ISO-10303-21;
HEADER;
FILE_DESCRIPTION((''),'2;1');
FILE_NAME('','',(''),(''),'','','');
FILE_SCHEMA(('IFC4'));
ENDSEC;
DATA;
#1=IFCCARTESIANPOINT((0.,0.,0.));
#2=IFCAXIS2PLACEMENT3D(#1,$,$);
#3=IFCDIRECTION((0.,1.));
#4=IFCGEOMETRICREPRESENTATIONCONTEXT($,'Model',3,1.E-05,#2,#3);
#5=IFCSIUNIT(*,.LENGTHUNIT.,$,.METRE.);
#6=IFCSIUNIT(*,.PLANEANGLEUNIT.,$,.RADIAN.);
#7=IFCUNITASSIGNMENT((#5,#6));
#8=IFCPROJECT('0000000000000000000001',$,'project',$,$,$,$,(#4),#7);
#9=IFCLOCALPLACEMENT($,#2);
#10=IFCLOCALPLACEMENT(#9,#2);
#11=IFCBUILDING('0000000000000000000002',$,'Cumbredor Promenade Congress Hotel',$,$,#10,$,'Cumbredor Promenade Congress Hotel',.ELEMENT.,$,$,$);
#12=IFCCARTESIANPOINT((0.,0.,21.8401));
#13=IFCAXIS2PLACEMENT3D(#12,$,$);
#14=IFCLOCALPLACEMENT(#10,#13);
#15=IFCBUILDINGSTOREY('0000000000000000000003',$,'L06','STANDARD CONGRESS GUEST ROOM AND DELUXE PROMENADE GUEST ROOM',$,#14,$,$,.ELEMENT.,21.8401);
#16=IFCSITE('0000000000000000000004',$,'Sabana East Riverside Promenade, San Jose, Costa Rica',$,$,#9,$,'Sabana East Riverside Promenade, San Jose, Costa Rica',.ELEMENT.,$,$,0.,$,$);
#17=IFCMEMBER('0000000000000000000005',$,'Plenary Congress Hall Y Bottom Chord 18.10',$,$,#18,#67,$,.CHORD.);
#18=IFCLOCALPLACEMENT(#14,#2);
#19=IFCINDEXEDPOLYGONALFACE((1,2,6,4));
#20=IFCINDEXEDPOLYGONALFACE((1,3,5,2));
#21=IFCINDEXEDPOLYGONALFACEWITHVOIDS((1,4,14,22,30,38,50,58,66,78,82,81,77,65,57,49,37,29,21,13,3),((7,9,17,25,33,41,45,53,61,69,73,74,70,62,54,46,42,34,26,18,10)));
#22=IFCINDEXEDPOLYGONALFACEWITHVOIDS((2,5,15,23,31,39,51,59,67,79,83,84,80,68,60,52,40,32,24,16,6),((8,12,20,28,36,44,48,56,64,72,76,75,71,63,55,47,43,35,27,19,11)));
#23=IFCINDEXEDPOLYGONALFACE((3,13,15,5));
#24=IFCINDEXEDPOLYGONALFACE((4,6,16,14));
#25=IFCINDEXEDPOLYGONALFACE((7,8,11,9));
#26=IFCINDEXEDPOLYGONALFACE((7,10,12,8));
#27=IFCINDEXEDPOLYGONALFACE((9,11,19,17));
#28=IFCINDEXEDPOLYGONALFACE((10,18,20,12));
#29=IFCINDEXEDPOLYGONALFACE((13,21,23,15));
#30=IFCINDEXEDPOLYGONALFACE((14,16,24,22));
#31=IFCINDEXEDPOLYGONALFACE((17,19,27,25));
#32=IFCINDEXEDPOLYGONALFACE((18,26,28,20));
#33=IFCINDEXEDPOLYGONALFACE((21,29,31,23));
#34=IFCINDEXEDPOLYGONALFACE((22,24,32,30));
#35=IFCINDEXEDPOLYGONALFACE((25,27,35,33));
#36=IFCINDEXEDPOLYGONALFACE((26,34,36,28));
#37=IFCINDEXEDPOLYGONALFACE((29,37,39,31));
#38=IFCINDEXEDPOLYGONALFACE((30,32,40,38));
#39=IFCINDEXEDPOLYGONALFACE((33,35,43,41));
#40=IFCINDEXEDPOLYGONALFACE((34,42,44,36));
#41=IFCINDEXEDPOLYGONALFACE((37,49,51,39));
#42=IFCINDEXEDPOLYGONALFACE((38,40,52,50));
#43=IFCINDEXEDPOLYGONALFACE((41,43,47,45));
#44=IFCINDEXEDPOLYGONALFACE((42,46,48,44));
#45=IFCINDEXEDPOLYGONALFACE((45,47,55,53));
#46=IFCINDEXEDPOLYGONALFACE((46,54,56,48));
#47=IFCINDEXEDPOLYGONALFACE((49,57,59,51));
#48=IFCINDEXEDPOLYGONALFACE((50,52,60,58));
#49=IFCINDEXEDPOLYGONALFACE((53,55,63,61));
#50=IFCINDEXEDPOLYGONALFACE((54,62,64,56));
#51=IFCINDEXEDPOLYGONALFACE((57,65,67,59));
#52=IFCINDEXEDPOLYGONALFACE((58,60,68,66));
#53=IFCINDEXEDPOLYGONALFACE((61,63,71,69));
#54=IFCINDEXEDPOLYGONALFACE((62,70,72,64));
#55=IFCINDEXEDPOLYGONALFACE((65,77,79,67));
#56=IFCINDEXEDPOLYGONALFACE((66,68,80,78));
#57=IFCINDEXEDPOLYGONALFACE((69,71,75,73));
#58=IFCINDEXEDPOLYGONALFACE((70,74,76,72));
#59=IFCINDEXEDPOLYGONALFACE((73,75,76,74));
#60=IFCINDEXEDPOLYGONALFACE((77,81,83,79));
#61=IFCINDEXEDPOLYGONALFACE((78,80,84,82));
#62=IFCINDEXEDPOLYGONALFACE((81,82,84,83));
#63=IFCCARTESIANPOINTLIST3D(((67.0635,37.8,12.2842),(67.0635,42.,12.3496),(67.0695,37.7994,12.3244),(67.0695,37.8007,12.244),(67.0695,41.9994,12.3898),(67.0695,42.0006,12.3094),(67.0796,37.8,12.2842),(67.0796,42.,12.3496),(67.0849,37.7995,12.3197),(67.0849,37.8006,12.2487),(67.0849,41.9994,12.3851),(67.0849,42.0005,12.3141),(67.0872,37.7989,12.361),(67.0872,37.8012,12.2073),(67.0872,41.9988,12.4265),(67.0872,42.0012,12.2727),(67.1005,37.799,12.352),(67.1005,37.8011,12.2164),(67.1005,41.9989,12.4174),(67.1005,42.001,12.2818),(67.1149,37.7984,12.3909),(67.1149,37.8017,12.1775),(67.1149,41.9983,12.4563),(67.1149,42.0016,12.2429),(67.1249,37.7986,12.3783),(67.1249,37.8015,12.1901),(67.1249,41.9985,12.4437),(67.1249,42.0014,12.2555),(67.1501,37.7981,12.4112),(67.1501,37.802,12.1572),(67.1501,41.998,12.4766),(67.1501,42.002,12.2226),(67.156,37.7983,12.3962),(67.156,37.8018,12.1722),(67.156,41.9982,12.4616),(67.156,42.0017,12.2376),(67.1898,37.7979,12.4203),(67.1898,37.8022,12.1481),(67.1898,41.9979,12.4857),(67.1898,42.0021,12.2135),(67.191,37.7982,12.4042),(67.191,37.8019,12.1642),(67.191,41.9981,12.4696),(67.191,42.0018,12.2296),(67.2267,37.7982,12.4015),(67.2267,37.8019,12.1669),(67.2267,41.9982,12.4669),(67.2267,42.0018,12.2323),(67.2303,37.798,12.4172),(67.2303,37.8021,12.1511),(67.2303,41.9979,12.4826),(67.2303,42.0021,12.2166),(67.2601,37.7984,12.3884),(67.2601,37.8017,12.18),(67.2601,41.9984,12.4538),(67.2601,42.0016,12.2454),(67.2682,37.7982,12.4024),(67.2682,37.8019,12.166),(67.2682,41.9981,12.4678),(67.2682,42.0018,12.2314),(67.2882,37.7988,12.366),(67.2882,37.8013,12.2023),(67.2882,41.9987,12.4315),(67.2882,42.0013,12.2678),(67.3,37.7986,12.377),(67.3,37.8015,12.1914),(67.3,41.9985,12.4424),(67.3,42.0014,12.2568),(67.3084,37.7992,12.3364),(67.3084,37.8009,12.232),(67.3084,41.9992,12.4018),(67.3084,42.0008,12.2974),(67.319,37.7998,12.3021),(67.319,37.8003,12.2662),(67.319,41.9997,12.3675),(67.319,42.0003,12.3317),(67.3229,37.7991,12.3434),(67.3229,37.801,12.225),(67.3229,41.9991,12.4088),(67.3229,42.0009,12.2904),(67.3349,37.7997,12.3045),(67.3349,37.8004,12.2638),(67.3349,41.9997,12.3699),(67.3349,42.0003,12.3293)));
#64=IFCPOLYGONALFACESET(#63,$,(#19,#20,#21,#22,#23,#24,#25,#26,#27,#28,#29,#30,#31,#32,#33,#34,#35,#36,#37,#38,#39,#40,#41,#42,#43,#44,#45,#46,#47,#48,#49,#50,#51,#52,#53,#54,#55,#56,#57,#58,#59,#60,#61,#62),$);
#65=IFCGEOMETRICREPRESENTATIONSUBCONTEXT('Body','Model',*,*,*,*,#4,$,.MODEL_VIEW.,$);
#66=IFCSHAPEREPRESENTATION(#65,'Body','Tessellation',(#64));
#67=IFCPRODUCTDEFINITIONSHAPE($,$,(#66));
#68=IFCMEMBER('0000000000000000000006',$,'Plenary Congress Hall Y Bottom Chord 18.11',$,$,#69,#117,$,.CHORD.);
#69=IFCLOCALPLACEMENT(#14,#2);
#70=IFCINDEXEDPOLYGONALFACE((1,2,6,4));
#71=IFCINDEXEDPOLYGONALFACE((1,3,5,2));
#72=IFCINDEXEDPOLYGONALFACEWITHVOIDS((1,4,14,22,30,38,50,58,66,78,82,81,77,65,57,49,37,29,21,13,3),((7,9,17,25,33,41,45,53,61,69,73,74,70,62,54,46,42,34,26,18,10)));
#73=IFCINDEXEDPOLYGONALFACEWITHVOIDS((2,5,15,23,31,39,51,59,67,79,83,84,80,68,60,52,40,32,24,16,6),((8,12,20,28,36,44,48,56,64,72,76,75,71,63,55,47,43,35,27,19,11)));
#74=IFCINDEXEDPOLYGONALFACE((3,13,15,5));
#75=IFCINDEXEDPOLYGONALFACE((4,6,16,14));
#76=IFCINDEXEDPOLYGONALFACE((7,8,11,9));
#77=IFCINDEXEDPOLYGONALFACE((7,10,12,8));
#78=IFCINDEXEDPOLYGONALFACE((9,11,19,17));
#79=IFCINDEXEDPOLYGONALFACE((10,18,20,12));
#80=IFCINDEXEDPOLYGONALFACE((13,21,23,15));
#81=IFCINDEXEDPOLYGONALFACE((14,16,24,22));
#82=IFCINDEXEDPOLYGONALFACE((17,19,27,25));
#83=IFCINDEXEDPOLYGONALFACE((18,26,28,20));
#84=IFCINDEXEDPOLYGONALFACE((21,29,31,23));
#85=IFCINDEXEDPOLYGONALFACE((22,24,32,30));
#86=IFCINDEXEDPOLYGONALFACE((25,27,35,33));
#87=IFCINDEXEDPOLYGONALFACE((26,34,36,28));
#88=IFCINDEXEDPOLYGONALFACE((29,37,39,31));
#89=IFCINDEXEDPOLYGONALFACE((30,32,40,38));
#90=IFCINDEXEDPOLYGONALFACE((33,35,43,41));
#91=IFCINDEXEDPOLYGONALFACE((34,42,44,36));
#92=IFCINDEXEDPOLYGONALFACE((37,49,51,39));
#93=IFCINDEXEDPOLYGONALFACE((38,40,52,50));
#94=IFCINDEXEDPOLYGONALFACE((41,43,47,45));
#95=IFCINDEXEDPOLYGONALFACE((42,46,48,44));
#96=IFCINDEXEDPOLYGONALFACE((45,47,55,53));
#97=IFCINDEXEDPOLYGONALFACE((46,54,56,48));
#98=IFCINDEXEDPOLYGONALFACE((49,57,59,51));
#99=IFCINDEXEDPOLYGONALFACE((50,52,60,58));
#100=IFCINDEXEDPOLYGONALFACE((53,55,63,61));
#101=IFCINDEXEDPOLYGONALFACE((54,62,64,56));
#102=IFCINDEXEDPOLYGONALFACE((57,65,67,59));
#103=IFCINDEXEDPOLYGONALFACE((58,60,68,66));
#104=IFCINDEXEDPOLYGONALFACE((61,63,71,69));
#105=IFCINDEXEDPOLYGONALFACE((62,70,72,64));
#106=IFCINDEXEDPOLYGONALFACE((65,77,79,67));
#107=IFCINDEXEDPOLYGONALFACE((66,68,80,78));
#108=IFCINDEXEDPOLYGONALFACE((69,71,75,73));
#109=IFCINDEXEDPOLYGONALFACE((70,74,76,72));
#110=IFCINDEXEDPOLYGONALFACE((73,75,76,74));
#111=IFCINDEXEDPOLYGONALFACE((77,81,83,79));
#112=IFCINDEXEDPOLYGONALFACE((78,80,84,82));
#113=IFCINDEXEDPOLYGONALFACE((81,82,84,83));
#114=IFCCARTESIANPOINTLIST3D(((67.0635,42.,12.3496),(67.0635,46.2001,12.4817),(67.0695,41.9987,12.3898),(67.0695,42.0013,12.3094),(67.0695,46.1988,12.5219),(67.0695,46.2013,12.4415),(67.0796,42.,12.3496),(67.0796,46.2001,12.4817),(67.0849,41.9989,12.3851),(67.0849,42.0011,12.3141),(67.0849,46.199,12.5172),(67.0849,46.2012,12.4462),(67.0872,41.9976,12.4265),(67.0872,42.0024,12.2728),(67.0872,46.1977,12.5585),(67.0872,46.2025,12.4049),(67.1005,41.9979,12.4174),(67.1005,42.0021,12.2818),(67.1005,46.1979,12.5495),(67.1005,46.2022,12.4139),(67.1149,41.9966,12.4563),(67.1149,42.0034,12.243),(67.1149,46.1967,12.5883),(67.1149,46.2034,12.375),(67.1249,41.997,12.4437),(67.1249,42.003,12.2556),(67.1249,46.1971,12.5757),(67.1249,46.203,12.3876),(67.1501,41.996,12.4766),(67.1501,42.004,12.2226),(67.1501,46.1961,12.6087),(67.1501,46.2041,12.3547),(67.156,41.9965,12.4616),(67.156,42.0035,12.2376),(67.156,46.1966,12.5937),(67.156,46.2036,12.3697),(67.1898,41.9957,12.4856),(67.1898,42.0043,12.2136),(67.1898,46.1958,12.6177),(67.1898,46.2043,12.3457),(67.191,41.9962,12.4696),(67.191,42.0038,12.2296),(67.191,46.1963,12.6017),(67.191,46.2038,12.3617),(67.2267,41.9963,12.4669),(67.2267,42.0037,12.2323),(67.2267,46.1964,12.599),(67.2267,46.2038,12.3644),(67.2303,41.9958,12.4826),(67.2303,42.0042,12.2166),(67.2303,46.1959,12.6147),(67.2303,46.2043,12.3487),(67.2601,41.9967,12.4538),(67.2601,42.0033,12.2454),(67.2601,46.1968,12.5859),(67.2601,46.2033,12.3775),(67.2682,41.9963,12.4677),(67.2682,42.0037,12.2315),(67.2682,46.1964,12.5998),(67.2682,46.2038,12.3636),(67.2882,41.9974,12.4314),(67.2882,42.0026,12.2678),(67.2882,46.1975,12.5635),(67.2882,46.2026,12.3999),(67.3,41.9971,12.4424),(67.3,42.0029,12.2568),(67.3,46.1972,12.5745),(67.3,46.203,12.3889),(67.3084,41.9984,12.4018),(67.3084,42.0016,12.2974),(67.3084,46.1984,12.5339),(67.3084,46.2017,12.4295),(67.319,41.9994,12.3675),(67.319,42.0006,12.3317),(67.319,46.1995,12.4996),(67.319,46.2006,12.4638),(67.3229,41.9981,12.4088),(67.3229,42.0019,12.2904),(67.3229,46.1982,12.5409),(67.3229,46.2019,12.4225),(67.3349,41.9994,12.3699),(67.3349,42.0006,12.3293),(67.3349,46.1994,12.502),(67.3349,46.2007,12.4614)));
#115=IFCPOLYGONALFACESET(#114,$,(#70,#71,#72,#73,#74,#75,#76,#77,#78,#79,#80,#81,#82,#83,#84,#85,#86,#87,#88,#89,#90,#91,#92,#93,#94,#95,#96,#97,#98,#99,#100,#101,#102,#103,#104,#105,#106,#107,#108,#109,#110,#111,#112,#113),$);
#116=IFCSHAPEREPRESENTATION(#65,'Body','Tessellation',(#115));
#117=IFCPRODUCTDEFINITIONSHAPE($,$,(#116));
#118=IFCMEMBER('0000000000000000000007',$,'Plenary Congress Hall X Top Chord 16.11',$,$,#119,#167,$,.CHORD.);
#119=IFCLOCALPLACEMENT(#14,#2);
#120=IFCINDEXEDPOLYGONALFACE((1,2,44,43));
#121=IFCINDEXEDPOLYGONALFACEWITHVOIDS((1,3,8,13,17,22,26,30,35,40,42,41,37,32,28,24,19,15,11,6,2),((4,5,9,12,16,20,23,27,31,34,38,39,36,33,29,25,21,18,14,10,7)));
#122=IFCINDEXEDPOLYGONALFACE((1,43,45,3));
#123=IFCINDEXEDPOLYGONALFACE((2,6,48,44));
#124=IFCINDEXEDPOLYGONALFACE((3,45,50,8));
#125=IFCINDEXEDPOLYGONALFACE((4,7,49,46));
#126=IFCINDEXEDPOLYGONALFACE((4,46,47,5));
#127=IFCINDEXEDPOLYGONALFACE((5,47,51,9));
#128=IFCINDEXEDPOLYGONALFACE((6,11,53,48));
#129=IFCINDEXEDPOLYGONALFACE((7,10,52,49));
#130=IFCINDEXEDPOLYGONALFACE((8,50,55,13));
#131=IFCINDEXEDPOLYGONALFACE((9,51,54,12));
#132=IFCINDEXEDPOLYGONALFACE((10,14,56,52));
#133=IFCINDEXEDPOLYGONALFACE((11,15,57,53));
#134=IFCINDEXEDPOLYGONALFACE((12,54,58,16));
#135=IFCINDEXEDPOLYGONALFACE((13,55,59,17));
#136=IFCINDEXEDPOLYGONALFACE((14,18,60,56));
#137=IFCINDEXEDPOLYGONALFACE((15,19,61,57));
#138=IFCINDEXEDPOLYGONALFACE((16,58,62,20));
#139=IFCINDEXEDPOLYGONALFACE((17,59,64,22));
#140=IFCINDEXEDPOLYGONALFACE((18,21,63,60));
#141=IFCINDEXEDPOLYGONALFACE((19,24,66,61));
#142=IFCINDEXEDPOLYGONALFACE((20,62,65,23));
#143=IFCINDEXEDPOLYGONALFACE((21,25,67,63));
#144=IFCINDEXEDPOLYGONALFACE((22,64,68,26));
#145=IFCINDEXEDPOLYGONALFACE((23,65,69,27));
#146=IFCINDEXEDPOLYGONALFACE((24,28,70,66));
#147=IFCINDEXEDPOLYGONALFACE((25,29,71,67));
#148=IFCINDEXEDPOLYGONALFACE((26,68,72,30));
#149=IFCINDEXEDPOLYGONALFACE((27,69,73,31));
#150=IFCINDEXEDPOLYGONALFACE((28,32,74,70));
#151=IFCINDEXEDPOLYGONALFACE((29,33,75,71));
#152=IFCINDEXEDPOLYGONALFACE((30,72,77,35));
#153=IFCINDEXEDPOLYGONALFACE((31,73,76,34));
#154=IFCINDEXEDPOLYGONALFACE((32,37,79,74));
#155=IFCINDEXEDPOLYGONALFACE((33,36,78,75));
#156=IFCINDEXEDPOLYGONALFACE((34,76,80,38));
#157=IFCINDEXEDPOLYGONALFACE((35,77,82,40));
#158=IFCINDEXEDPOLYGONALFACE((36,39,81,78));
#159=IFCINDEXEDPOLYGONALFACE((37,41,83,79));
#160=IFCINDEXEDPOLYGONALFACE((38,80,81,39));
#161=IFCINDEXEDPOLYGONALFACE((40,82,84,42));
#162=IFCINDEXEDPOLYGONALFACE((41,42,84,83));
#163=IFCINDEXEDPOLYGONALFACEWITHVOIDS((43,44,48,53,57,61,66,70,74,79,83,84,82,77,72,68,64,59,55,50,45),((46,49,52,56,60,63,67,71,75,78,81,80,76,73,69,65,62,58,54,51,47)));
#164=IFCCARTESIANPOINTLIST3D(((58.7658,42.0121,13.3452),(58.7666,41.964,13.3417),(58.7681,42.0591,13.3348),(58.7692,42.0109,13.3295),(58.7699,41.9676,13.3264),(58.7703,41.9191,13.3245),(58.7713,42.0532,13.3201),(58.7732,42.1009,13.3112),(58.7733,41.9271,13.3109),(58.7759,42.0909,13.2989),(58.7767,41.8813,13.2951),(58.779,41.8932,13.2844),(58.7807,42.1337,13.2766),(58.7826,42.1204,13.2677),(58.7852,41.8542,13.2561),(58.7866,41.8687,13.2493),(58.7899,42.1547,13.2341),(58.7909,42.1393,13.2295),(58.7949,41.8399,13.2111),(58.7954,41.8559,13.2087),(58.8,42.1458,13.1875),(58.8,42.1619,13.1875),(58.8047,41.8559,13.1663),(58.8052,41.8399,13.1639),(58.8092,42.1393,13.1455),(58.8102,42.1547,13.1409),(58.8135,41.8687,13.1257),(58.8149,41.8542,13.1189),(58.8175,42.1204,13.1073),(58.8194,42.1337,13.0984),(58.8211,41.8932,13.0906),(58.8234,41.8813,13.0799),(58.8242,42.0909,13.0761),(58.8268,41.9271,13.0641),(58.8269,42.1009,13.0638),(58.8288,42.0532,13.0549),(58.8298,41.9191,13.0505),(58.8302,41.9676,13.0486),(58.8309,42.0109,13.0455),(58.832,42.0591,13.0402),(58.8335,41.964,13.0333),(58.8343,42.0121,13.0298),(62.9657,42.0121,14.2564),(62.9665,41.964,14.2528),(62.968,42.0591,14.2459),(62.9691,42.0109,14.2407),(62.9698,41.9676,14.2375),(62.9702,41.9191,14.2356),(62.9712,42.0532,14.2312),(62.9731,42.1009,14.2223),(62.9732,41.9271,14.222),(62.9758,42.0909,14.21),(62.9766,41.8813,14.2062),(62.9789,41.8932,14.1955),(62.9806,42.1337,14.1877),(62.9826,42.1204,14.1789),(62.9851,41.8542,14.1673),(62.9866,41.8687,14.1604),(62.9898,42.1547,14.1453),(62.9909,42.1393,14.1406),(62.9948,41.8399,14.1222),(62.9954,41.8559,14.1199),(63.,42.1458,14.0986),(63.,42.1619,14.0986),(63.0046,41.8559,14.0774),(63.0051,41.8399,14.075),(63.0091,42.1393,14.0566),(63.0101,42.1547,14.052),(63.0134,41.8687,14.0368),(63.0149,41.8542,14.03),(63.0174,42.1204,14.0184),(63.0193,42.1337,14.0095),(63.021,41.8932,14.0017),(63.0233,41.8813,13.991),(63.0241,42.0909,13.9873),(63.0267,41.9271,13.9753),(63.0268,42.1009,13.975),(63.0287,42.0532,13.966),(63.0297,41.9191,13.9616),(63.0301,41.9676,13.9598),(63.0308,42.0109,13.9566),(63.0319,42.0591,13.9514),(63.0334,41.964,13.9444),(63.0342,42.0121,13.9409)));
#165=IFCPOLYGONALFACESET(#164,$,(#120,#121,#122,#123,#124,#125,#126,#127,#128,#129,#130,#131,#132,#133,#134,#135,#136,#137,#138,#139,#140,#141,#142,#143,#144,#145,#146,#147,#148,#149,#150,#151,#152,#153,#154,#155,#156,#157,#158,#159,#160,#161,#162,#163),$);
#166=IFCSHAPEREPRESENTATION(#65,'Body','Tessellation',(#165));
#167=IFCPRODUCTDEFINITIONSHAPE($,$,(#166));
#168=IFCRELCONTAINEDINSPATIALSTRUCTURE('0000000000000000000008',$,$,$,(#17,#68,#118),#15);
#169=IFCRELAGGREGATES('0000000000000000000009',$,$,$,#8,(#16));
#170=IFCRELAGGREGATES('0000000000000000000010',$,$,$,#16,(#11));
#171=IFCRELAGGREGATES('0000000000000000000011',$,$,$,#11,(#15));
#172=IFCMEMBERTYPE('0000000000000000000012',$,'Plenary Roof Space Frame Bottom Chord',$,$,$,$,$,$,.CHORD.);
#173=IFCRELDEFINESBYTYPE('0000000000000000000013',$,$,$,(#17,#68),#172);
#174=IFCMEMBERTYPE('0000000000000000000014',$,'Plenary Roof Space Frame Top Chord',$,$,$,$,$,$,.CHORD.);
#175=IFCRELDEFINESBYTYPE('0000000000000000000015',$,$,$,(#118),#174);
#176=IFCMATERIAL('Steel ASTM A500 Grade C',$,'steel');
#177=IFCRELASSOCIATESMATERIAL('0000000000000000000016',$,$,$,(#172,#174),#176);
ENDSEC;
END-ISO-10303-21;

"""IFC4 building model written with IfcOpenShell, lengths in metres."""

from ifc_helpers import new_model, si_unit, direction, frame, origin, origin_2d, place, context, subcontext, project, spatial, hollow_circle, extrude, material, material_profile, profile_set, type_object, element, save


model = new_model("IFC4")

# Units and contexts
model_context = context("Model", 3, precision=1e-05, world=origin(), true_north=direction((0.0, 1.0)))
body_context = subcontext(model_context, "Body", "Model", "MODEL_VIEW")
ifc_project = project(units=[si_unit("LENGTHUNIT", "METRE"), si_unit("PLANEANGLEUNIT", "RADIAN")], contexts=[model_context])

# Site, building, storey
site_placement = place(None, origin())
site = spatial("IfcSite", under=ifc_project, at=site_placement, Name="Sabana East Riverside Promenade, San Jose, Costa Rica", LongName="Sabana East Riverside Promenade, San Jose, Costa Rica", CompositionType="ELEMENT", RefElevation=0.0)
building_placement = place(site_placement, origin())
building = spatial("IfcBuilding", under=site, at=building_placement, Name="Cumbredor Promenade Congress Hotel", LongName="Cumbredor Promenade Congress Hotel", CompositionType="ELEMENT")
storey_placement = place(building_placement, frame((0.0, 0.0, 21.8401)))
storey = spatial("IfcBuildingStorey", under=building, at=storey_placement, Name="L06", Description="STANDARD CONGRESS GUEST ROOM AND DELUXE PROMENADE GUEST ROOM", CompositionType="ELEMENT", Elevation=21.8401)

# Members
ifc_material_1 = material(Name="Steel ASTM A500 Grade C", Category="steel")
ifc_material_profile_1 = material_profile(ifc_material_1, hollow_circle(Radius=0.1365, WallThickness=0.0161, at=origin_2d()), Name="CHS 273.0x16")
ifc_profile_set_1 = profile_set([ifc_material_profile_1], Name="Steel ASTM A500 Grade C")
member_type_1 = type_object("IfcMemberType", Name="Plenary Roof Space Frame Bottom Chord", PredefinedType="CHORD", material=ifc_profile_set_1)
for number, where, z_axis, x_axis, name in (
    (1, (67.2, 37.8, 12.2842), (0.0, 0.999879, 0.015577), (-1.0, 0.0, 0.0), "Plenary Congress Hall Y Bottom Chord 18.10"),
):
    element("IfcMember", number, at=place(storey_placement, frame(where, z_axis=z_axis, x_axis=x_axis)), inside=storey, type_object=member_type_1, Name=name, PredefinedType="CHORD", context=body_context, shape_type="SweptSolid", body=[
        extrude(hollow_circle(Radius=0.1365, WallThickness=0.0161, at=origin_2d()), origin(), (0.0, 0.0, 1.0), 4.2004),
    ])
member_1_placement = place(storey_placement, frame((67.2, 42.0, 12.3496), z_axis=(0.0, 0.999506, 0.031432), x_axis=(-1.0, 0.0, 0.0)))
element("IfcMember", 2, at=member_1_placement, inside=storey, type_object=member_type_1, Name="Plenary Congress Hall Y Bottom Chord 18.11", PredefinedType="CHORD", context=body_context, shape_type="SweptSolid", body=[
    extrude(hollow_circle(Radius=0.1365, WallThickness=0.0161, at=origin_2d()), origin(), (0.0, 0.0, 1.0), 4.2021),
])
ifc_material_profile_2 = material_profile(ifc_material_1, hollow_circle(Radius=0.1619, WallThickness=0.0161, at=origin_2d()), Name="CHS 323.9x16")
ifc_profile_set_2 = profile_set([ifc_material_profile_2], Name="Steel ASTM A500 Grade C")
member_type_2 = type_object("IfcMemberType", Name="Plenary Roof Space Frame Top Chord", PredefinedType="CHORD", material=ifc_profile_set_2)
member_2_placement = place(storey_placement, frame((58.8, 42.0, 13.1875), z_axis=(0.977268, 0.0, 0.212007), x_axis=(0.0, 1.0, 0.0)))
element("IfcMember", 3, at=member_2_placement, inside=storey, type_object=member_type_2, Name="Plenary Congress Hall X Top Chord 16.11", PredefinedType="CHORD", context=body_context, shape_type="SweptSolid", body=[
    extrude(hollow_circle(Radius=0.1619, WallThickness=0.0161, at=origin_2d()), origin(), (0.0, 0.0, 1.0), 4.2976),
])

save(model, "model.ifc")
